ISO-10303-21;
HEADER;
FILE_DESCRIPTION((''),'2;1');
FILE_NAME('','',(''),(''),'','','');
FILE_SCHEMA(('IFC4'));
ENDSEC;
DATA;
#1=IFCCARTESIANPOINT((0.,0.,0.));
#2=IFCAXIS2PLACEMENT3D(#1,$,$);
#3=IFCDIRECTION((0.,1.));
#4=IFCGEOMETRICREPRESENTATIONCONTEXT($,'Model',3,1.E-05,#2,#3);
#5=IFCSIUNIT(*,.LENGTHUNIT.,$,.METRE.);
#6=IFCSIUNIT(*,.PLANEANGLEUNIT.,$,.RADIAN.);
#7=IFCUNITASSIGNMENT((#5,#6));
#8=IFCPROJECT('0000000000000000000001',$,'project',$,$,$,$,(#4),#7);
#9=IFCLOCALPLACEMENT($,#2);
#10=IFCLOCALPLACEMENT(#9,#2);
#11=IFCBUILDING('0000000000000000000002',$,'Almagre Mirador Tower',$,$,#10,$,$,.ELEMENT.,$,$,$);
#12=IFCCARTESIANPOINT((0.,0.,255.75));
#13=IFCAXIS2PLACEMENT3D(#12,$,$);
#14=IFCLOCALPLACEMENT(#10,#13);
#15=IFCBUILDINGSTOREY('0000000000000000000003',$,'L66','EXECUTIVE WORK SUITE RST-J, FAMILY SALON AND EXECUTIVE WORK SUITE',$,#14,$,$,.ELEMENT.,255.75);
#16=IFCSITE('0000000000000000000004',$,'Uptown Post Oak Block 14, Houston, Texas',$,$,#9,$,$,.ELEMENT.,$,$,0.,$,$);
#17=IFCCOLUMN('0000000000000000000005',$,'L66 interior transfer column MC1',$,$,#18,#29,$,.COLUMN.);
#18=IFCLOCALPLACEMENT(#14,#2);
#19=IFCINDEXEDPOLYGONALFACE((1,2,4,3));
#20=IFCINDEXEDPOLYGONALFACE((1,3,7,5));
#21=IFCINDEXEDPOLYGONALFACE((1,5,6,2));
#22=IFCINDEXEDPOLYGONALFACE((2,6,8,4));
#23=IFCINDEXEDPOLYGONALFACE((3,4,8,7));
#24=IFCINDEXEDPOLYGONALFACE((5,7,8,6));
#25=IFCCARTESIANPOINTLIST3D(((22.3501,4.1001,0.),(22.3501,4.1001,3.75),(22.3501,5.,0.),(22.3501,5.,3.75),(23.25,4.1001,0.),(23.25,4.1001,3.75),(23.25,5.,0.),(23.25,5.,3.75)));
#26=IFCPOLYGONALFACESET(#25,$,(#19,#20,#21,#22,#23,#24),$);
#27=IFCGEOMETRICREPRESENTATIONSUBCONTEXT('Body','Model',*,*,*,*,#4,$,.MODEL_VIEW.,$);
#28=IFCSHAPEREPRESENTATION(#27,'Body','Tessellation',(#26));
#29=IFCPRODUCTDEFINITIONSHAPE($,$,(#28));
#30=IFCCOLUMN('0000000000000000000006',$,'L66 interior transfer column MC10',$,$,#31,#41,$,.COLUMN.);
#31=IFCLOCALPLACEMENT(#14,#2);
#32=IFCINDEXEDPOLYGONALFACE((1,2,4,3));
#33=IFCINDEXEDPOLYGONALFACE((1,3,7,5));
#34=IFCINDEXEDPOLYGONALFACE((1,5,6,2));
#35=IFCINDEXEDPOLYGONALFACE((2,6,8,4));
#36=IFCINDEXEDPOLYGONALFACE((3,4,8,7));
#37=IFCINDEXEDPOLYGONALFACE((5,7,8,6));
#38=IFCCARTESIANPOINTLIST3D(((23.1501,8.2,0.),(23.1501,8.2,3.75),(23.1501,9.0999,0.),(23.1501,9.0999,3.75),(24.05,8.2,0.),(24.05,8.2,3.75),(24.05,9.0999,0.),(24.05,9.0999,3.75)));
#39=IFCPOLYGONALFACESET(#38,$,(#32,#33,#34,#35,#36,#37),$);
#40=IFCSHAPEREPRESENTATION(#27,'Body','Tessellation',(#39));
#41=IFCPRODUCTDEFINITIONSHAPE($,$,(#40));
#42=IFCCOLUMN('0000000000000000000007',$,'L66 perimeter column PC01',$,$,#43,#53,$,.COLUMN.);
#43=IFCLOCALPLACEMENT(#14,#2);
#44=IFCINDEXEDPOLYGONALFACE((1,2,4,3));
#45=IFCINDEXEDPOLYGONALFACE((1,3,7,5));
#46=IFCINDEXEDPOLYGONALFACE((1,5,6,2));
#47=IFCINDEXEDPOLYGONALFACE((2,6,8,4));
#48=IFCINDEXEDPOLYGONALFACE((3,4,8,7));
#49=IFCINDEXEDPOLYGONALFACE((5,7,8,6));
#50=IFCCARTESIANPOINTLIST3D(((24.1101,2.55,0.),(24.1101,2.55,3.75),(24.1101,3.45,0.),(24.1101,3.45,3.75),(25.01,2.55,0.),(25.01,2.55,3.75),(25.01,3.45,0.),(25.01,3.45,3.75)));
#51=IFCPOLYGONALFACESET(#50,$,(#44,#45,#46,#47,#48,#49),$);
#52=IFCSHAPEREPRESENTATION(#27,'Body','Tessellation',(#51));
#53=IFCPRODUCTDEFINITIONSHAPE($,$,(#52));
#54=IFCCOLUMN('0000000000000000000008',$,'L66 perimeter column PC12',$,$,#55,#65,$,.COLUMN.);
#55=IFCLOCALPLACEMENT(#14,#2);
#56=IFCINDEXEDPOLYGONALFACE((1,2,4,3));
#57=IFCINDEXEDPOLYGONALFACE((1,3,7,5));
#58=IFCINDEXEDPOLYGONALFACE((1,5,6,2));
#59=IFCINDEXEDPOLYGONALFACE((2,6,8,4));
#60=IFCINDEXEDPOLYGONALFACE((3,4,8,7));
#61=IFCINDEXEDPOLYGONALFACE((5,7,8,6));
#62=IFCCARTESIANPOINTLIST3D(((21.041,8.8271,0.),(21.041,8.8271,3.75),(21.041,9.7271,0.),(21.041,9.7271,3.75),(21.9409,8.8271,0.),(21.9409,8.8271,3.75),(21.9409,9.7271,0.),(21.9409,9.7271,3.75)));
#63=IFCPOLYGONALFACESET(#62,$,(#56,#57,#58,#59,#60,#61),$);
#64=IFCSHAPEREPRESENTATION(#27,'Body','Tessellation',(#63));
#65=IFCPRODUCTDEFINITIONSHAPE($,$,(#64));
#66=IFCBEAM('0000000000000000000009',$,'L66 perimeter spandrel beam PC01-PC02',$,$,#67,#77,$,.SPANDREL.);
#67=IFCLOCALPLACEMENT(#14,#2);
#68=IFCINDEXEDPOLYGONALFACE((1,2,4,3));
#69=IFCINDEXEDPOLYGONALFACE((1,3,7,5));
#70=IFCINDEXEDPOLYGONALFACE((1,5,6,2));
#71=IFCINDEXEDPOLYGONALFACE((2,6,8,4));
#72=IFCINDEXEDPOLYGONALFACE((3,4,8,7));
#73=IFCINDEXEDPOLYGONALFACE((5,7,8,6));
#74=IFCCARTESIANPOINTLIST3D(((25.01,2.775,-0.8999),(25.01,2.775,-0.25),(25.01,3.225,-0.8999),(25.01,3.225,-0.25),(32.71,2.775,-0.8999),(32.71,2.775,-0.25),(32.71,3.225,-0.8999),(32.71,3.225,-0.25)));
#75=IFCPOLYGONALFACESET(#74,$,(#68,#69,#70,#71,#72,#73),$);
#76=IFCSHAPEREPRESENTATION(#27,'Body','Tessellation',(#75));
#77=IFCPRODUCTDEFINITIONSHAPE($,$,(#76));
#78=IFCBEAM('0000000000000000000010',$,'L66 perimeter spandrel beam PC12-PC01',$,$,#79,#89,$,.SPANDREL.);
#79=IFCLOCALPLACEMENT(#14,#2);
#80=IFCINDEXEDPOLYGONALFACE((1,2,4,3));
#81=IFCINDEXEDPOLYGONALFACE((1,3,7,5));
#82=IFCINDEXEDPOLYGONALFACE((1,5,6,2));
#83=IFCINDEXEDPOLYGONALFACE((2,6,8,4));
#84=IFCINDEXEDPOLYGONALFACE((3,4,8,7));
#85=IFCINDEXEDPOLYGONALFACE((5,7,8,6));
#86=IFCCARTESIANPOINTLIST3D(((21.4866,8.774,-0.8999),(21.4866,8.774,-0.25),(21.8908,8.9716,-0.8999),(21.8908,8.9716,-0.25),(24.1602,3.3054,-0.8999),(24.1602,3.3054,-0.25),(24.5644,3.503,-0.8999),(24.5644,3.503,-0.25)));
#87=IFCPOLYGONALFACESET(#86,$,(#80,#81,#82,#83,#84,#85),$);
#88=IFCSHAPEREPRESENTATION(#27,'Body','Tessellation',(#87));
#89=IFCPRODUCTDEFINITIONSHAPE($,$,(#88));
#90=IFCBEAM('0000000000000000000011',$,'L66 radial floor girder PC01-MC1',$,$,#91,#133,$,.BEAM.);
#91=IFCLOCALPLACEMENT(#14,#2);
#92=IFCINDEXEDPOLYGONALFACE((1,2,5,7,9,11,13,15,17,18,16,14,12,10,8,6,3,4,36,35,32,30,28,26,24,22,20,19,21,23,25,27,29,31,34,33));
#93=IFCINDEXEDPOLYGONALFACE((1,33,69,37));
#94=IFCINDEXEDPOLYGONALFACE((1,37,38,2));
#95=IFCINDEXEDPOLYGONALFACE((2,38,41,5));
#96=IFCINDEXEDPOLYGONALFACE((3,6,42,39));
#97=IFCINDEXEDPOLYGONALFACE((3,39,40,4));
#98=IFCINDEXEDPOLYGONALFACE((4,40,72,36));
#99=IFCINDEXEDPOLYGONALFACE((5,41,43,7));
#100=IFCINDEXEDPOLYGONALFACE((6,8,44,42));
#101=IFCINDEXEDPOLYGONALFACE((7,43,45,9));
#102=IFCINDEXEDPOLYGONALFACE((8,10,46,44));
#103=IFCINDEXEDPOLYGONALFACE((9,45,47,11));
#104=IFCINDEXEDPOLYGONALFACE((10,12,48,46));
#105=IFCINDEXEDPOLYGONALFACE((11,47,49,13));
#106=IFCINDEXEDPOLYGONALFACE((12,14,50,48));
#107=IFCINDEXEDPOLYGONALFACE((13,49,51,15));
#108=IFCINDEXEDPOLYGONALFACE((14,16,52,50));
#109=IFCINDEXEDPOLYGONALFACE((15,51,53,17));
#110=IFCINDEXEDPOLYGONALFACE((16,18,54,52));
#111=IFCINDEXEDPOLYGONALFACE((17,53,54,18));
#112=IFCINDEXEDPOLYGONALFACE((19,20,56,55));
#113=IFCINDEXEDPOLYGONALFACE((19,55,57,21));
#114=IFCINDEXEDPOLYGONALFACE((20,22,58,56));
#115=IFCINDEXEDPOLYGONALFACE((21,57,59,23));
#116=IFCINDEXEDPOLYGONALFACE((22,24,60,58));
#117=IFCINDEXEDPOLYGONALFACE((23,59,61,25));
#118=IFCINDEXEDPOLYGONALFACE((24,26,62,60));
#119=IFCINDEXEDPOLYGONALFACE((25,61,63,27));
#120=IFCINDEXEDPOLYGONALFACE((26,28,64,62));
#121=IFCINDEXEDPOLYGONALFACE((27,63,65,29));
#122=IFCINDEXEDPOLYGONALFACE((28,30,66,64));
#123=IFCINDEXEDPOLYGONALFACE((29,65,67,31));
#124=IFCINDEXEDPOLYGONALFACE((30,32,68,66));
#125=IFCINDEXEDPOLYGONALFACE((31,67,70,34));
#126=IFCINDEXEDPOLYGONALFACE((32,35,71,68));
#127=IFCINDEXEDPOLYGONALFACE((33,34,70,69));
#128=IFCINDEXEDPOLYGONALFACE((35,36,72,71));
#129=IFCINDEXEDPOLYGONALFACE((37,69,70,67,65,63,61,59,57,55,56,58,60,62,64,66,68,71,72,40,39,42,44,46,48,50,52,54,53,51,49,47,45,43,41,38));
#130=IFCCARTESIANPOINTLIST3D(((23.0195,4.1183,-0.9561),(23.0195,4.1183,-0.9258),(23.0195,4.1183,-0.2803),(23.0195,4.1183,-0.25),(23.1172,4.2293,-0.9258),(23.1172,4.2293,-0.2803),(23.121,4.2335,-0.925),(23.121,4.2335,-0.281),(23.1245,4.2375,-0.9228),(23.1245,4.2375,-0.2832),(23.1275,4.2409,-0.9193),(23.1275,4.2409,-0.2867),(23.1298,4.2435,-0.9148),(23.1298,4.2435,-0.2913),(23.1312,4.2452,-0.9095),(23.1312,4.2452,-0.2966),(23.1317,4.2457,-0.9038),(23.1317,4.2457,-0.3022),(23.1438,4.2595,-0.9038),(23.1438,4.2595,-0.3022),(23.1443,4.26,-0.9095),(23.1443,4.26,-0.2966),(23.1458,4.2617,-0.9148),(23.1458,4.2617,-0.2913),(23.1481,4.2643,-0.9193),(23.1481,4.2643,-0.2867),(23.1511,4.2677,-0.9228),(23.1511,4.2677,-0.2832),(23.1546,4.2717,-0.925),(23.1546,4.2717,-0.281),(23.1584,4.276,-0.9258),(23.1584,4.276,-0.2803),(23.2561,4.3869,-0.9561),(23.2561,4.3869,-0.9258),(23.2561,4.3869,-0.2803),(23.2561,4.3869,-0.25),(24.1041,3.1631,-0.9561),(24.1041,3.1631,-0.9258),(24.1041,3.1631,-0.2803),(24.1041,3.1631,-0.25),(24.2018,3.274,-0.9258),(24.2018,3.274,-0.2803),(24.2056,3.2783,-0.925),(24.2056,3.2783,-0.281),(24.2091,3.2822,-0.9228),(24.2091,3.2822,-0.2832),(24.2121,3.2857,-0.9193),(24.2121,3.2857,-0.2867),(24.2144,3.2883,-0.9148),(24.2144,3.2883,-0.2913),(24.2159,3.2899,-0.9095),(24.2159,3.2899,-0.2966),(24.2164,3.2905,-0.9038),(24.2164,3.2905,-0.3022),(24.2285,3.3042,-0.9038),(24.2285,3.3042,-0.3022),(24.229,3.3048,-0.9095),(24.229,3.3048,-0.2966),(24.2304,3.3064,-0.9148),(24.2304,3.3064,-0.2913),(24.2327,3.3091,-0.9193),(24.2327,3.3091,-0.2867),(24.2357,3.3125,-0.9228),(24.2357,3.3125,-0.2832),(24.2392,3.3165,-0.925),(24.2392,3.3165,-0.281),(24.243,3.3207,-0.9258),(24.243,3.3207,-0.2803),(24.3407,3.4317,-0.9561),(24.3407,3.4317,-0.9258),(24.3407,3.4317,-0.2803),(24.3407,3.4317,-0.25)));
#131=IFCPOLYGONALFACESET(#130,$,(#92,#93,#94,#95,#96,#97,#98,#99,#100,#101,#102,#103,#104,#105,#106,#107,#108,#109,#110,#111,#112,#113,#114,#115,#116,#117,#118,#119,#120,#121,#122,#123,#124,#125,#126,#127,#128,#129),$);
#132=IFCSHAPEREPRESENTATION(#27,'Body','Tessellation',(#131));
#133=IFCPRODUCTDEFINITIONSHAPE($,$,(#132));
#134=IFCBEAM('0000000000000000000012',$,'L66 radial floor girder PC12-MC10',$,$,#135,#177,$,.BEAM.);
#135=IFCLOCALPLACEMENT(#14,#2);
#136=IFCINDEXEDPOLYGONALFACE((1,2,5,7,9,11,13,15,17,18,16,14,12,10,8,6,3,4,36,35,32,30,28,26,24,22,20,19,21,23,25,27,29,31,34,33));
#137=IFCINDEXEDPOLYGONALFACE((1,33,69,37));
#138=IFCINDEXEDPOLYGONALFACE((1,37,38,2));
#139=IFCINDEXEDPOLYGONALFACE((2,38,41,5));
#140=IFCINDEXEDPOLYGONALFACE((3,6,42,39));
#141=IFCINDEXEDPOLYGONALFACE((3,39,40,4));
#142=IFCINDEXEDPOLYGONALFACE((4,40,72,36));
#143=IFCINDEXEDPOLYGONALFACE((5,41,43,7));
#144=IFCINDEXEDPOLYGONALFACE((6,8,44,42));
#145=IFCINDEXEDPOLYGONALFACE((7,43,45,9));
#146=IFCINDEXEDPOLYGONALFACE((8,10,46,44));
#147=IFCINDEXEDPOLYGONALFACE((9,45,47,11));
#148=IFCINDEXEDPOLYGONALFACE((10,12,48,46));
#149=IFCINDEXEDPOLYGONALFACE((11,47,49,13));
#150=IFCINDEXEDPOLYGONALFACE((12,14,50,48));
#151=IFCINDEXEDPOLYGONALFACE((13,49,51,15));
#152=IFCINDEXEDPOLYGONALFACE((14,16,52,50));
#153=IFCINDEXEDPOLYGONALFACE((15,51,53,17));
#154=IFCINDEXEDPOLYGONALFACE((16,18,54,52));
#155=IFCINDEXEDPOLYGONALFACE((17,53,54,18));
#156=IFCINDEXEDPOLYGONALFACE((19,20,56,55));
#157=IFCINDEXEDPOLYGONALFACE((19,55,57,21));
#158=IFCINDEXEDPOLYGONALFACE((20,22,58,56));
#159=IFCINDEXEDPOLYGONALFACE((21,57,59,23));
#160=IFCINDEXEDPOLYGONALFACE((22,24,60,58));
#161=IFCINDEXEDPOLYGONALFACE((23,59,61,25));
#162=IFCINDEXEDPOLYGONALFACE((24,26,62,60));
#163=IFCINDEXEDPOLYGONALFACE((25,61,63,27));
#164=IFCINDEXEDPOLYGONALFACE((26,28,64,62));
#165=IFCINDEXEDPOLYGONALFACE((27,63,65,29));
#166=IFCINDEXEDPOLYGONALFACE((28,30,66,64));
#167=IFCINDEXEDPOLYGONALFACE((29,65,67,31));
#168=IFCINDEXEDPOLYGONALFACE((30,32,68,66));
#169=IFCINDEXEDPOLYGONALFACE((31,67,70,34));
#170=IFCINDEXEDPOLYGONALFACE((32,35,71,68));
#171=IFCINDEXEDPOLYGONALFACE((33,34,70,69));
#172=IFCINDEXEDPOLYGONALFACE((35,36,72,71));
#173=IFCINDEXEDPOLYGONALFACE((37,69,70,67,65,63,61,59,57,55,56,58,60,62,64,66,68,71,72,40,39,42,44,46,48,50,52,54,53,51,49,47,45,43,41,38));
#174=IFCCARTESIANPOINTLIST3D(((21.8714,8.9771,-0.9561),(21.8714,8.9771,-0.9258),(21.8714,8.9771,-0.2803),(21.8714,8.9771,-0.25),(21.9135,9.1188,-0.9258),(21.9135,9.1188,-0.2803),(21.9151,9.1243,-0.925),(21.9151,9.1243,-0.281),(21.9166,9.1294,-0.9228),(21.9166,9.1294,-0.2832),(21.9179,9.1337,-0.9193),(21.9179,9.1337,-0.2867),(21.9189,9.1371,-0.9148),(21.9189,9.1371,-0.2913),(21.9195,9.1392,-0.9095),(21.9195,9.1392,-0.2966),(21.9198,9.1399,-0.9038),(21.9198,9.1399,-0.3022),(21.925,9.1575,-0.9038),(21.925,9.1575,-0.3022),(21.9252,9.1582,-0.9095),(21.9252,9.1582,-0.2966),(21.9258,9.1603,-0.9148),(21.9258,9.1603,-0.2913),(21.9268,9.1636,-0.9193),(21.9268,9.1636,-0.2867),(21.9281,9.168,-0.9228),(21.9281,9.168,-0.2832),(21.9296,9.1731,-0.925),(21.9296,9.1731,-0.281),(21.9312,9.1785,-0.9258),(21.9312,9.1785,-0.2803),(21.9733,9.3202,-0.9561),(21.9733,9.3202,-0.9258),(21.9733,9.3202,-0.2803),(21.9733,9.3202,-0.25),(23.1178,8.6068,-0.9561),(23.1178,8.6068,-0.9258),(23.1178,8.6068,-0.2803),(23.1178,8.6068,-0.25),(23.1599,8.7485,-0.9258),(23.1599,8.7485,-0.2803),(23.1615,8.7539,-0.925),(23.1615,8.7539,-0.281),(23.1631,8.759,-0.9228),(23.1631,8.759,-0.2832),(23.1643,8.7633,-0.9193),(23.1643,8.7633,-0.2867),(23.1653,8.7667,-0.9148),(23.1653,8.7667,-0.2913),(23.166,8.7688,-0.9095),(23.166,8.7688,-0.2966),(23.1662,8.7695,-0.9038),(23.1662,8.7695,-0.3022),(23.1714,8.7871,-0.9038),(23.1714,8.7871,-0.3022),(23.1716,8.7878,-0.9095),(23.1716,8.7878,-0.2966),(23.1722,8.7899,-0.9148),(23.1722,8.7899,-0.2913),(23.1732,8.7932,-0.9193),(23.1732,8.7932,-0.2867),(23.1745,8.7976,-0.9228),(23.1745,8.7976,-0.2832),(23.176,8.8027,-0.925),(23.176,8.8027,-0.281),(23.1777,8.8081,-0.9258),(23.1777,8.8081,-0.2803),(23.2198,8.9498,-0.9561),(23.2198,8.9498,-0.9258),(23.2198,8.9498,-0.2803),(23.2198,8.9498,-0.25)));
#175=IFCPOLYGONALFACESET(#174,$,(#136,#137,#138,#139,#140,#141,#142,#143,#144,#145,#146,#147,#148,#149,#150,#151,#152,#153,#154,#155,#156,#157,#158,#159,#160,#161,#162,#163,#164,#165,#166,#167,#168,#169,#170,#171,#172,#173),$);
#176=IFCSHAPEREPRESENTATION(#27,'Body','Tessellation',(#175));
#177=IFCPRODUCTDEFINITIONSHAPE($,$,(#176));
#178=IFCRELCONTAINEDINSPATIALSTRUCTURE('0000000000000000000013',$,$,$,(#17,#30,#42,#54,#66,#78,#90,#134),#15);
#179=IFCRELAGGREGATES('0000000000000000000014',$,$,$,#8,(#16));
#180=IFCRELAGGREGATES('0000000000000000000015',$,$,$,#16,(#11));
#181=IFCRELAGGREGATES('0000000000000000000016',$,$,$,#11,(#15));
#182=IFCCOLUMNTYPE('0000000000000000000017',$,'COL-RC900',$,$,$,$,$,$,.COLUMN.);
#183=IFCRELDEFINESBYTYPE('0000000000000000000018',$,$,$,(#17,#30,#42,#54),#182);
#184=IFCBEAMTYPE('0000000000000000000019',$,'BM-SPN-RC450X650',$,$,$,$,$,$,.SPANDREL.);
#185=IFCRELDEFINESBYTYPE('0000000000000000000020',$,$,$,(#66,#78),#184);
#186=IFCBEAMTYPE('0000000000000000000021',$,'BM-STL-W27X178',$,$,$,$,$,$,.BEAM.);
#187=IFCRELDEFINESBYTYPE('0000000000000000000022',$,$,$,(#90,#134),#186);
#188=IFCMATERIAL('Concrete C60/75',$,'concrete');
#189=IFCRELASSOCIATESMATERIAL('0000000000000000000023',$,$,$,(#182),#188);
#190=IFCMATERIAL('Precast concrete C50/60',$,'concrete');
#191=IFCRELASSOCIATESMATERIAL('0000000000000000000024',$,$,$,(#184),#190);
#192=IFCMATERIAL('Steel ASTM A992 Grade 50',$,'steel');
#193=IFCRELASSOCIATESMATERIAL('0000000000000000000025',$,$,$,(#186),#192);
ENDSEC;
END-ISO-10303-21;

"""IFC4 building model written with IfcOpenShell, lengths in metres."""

from ifc_helpers import new_model, si_unit, direction, frame, origin, origin_2d, place, context, subcontext, project, spatial, rectangle, i_section, extrude, material, material_profile, profile_set, type_object, element, save


model = new_model("IFC4")

# Units and contexts
model_context = context("Model", 3, precision=1e-05, world=origin(), true_north=direction((0.0, 1.0)))
body_context = subcontext(model_context, "Body", "Model", "MODEL_VIEW")
ifc_project = project(units=[si_unit("LENGTHUNIT", "METRE"), si_unit("PLANEANGLEUNIT", "RADIAN")], contexts=[model_context])

# Site, building, storey
site_placement = place(None, origin())
site = spatial("IfcSite", under=ifc_project, at=site_placement, Name="Uptown Post Oak Block 14, Houston, Texas", CompositionType="ELEMENT", RefElevation=0.0)
building_placement = place(site_placement, origin())
building = spatial("IfcBuilding", under=site, at=building_placement, Name="Almagre Mirador Tower", CompositionType="ELEMENT")
storey_placement = place(building_placement, frame((0.0, 0.0, 255.75)))
storey = spatial("IfcBuildingStorey", under=building, at=storey_placement, Name="L66", Description="EXECUTIVE WORK SUITE RST-J, FAMILY SALON AND EXECUTIVE WORK SUITE", CompositionType="ELEMENT", Elevation=255.75)

# Columns
ifc_material_1 = material(Name="Concrete C60/75", Category="concrete")
ifc_material_profile_1 = material_profile(ifc_material_1, rectangle(XDim=0.8999, YDim=0.8999, at=origin_2d()), Name="RC900X900")
ifc_profile_set_1 = profile_set([ifc_material_profile_1], Name="Concrete C60/75")
column_type = type_object("IfcColumnType", Name="COL-RC900", PredefinedType="COLUMN", material=ifc_profile_set_1)
for number, where, z_axis, x_axis, name in (
    (1, (22.8, 4.55, 0.0), (0.0, 0.0, 1.0), (1.0, 0.0, 0.0), "L66 interior transfer column MC1"),
    (2, (23.6001, 8.6499, 0.0), (0.0, 0.0, 1.0), (1.0, 0.0, 0.0), "L66 interior transfer column MC10"),
    (3, (24.5601, 3.0, 0.0), (0.0, 0.0, 1.0), (1.0, 0.0, 0.0), "L66 perimeter column PC01"),
    (4, (21.491, 9.2771, 0.0), (0.0, 0.0, 1.0), (1.0, 0.0, 0.0), "L66 perimeter column PC12"),
):
    element("IfcColumn", number, at=place(storey_placement, frame(where, z_axis=z_axis, x_axis=x_axis)), inside=storey, type_object=column_type, Name=name, PredefinedType="COLUMN", context=body_context, shape_type="SweptSolid", body=[
        extrude(rectangle(XDim=0.8999, YDim=0.8999, at=origin_2d()), origin(), (0.0, 0.0, 1.0), 3.75),
    ])

# Beams
ifc_material_2 = material(Name="Precast concrete C50/60", Category="concrete")
ifc_material_profile_2 = material_profile(ifc_material_2, rectangle(XDim=0.45, YDim=0.6499, at=origin_2d()), Name="RC450X650")
ifc_profile_set_2 = profile_set([ifc_material_profile_2], Name="Precast concrete C50/60")
beam_type_1 = type_object("IfcBeamType", Name="BM-SPN-RC450X650", PredefinedType="SPANDREL", material=ifc_profile_set_2)
beam_1_placement = place(storey_placement, frame((25.01, 3.0, -0.575), z_axis=(1.0, 0.0, 0.0), x_axis=(0.0, 1.0, 0.0)))
element("IfcBeam", 5, at=beam_1_placement, inside=storey, type_object=beam_type_1, Name="L66 perimeter spandrel beam PC01-PC02", PredefinedType="SPANDREL", context=body_context, shape_type="SweptSolid", body=[
    extrude(rectangle(XDim=0.45, YDim=0.6499, at=origin_2d()), origin(), (0.0, 0.0, 1.0), 7.7),
])
beam_2_placement = place(storey_placement, frame((21.6887, 8.8728, -0.575), z_axis=(0.439222, -0.898378, 0.0), x_axis=(0.898378, 0.439222, 0.0)))
element("IfcBeam", 6, at=beam_2_placement, inside=storey, type_object=beam_type_1, Name="L66 perimeter spandrel beam PC12-PC01", PredefinedType="SPANDREL", context=body_context, shape_type="SweptSolid", body=[
    extrude(rectangle(XDim=0.45, YDim=0.6499, at=origin_2d()), origin(), (0.0, 0.0, 1.0), 6.0872),
])
ifc_material_3 = material(Name="Steel ASTM A992 Grade 50", Category="steel")
ifc_material_profile_3 = material_profile(ifc_material_3, i_section(OverallWidth=0.3579, OverallDepth=0.7061, WebThickness=0.0183, FlangeThickness=0.0303, FilletRadius=0.022, at=origin_2d()), Name="W27X178")
ifc_profile_set_3 = profile_set([ifc_material_profile_3], Name="Steel ASTM A992 Grade 50")
beam_type_2 = type_object("IfcBeamType", Name="BM-STL-W27X178", PredefinedType="BEAM", material=ifc_profile_set_3)
beam_3_placement = place(storey_placement, frame((24.2224, 3.2974, -0.603), z_axis=(-0.750449, 0.660929, 0.0), x_axis=(-0.660929, -0.750449, 0.0)))
element("IfcBeam", 7, at=beam_3_placement, inside=storey, type_object=beam_type_2, Name="L66 radial floor girder PC01-MC1", PredefinedType="BEAM", context=body_context, shape_type="SweptSolid", body=[
    extrude(i_section(OverallWidth=0.3579, OverallDepth=0.7061, WebThickness=0.0183, FlangeThickness=0.0303, FilletRadius=0.022, at=origin_2d()), origin(), (0.0, 0.0, 1.0), 1.4453),
])
beam_4_placement = place(storey_placement, frame((21.9224, 9.1487, -0.603), z_axis=(0.958572, -0.284849, 0.0), x_axis=(0.284849, 0.958572, 0.0)))
element("IfcBeam", 8, at=beam_4_placement, inside=storey, type_object=beam_type_2, Name="L66 radial floor girder PC12-MC10", PredefinedType="BEAM", context=body_context, shape_type="SweptSolid", body=[
    extrude(i_section(OverallWidth=0.3579, OverallDepth=0.7061, WebThickness=0.0183, FlangeThickness=0.0303, FilletRadius=0.022, at=origin_2d()), origin(), (0.0, 0.0, 1.0), 1.3003),
])

save(model, "model.ifc")
